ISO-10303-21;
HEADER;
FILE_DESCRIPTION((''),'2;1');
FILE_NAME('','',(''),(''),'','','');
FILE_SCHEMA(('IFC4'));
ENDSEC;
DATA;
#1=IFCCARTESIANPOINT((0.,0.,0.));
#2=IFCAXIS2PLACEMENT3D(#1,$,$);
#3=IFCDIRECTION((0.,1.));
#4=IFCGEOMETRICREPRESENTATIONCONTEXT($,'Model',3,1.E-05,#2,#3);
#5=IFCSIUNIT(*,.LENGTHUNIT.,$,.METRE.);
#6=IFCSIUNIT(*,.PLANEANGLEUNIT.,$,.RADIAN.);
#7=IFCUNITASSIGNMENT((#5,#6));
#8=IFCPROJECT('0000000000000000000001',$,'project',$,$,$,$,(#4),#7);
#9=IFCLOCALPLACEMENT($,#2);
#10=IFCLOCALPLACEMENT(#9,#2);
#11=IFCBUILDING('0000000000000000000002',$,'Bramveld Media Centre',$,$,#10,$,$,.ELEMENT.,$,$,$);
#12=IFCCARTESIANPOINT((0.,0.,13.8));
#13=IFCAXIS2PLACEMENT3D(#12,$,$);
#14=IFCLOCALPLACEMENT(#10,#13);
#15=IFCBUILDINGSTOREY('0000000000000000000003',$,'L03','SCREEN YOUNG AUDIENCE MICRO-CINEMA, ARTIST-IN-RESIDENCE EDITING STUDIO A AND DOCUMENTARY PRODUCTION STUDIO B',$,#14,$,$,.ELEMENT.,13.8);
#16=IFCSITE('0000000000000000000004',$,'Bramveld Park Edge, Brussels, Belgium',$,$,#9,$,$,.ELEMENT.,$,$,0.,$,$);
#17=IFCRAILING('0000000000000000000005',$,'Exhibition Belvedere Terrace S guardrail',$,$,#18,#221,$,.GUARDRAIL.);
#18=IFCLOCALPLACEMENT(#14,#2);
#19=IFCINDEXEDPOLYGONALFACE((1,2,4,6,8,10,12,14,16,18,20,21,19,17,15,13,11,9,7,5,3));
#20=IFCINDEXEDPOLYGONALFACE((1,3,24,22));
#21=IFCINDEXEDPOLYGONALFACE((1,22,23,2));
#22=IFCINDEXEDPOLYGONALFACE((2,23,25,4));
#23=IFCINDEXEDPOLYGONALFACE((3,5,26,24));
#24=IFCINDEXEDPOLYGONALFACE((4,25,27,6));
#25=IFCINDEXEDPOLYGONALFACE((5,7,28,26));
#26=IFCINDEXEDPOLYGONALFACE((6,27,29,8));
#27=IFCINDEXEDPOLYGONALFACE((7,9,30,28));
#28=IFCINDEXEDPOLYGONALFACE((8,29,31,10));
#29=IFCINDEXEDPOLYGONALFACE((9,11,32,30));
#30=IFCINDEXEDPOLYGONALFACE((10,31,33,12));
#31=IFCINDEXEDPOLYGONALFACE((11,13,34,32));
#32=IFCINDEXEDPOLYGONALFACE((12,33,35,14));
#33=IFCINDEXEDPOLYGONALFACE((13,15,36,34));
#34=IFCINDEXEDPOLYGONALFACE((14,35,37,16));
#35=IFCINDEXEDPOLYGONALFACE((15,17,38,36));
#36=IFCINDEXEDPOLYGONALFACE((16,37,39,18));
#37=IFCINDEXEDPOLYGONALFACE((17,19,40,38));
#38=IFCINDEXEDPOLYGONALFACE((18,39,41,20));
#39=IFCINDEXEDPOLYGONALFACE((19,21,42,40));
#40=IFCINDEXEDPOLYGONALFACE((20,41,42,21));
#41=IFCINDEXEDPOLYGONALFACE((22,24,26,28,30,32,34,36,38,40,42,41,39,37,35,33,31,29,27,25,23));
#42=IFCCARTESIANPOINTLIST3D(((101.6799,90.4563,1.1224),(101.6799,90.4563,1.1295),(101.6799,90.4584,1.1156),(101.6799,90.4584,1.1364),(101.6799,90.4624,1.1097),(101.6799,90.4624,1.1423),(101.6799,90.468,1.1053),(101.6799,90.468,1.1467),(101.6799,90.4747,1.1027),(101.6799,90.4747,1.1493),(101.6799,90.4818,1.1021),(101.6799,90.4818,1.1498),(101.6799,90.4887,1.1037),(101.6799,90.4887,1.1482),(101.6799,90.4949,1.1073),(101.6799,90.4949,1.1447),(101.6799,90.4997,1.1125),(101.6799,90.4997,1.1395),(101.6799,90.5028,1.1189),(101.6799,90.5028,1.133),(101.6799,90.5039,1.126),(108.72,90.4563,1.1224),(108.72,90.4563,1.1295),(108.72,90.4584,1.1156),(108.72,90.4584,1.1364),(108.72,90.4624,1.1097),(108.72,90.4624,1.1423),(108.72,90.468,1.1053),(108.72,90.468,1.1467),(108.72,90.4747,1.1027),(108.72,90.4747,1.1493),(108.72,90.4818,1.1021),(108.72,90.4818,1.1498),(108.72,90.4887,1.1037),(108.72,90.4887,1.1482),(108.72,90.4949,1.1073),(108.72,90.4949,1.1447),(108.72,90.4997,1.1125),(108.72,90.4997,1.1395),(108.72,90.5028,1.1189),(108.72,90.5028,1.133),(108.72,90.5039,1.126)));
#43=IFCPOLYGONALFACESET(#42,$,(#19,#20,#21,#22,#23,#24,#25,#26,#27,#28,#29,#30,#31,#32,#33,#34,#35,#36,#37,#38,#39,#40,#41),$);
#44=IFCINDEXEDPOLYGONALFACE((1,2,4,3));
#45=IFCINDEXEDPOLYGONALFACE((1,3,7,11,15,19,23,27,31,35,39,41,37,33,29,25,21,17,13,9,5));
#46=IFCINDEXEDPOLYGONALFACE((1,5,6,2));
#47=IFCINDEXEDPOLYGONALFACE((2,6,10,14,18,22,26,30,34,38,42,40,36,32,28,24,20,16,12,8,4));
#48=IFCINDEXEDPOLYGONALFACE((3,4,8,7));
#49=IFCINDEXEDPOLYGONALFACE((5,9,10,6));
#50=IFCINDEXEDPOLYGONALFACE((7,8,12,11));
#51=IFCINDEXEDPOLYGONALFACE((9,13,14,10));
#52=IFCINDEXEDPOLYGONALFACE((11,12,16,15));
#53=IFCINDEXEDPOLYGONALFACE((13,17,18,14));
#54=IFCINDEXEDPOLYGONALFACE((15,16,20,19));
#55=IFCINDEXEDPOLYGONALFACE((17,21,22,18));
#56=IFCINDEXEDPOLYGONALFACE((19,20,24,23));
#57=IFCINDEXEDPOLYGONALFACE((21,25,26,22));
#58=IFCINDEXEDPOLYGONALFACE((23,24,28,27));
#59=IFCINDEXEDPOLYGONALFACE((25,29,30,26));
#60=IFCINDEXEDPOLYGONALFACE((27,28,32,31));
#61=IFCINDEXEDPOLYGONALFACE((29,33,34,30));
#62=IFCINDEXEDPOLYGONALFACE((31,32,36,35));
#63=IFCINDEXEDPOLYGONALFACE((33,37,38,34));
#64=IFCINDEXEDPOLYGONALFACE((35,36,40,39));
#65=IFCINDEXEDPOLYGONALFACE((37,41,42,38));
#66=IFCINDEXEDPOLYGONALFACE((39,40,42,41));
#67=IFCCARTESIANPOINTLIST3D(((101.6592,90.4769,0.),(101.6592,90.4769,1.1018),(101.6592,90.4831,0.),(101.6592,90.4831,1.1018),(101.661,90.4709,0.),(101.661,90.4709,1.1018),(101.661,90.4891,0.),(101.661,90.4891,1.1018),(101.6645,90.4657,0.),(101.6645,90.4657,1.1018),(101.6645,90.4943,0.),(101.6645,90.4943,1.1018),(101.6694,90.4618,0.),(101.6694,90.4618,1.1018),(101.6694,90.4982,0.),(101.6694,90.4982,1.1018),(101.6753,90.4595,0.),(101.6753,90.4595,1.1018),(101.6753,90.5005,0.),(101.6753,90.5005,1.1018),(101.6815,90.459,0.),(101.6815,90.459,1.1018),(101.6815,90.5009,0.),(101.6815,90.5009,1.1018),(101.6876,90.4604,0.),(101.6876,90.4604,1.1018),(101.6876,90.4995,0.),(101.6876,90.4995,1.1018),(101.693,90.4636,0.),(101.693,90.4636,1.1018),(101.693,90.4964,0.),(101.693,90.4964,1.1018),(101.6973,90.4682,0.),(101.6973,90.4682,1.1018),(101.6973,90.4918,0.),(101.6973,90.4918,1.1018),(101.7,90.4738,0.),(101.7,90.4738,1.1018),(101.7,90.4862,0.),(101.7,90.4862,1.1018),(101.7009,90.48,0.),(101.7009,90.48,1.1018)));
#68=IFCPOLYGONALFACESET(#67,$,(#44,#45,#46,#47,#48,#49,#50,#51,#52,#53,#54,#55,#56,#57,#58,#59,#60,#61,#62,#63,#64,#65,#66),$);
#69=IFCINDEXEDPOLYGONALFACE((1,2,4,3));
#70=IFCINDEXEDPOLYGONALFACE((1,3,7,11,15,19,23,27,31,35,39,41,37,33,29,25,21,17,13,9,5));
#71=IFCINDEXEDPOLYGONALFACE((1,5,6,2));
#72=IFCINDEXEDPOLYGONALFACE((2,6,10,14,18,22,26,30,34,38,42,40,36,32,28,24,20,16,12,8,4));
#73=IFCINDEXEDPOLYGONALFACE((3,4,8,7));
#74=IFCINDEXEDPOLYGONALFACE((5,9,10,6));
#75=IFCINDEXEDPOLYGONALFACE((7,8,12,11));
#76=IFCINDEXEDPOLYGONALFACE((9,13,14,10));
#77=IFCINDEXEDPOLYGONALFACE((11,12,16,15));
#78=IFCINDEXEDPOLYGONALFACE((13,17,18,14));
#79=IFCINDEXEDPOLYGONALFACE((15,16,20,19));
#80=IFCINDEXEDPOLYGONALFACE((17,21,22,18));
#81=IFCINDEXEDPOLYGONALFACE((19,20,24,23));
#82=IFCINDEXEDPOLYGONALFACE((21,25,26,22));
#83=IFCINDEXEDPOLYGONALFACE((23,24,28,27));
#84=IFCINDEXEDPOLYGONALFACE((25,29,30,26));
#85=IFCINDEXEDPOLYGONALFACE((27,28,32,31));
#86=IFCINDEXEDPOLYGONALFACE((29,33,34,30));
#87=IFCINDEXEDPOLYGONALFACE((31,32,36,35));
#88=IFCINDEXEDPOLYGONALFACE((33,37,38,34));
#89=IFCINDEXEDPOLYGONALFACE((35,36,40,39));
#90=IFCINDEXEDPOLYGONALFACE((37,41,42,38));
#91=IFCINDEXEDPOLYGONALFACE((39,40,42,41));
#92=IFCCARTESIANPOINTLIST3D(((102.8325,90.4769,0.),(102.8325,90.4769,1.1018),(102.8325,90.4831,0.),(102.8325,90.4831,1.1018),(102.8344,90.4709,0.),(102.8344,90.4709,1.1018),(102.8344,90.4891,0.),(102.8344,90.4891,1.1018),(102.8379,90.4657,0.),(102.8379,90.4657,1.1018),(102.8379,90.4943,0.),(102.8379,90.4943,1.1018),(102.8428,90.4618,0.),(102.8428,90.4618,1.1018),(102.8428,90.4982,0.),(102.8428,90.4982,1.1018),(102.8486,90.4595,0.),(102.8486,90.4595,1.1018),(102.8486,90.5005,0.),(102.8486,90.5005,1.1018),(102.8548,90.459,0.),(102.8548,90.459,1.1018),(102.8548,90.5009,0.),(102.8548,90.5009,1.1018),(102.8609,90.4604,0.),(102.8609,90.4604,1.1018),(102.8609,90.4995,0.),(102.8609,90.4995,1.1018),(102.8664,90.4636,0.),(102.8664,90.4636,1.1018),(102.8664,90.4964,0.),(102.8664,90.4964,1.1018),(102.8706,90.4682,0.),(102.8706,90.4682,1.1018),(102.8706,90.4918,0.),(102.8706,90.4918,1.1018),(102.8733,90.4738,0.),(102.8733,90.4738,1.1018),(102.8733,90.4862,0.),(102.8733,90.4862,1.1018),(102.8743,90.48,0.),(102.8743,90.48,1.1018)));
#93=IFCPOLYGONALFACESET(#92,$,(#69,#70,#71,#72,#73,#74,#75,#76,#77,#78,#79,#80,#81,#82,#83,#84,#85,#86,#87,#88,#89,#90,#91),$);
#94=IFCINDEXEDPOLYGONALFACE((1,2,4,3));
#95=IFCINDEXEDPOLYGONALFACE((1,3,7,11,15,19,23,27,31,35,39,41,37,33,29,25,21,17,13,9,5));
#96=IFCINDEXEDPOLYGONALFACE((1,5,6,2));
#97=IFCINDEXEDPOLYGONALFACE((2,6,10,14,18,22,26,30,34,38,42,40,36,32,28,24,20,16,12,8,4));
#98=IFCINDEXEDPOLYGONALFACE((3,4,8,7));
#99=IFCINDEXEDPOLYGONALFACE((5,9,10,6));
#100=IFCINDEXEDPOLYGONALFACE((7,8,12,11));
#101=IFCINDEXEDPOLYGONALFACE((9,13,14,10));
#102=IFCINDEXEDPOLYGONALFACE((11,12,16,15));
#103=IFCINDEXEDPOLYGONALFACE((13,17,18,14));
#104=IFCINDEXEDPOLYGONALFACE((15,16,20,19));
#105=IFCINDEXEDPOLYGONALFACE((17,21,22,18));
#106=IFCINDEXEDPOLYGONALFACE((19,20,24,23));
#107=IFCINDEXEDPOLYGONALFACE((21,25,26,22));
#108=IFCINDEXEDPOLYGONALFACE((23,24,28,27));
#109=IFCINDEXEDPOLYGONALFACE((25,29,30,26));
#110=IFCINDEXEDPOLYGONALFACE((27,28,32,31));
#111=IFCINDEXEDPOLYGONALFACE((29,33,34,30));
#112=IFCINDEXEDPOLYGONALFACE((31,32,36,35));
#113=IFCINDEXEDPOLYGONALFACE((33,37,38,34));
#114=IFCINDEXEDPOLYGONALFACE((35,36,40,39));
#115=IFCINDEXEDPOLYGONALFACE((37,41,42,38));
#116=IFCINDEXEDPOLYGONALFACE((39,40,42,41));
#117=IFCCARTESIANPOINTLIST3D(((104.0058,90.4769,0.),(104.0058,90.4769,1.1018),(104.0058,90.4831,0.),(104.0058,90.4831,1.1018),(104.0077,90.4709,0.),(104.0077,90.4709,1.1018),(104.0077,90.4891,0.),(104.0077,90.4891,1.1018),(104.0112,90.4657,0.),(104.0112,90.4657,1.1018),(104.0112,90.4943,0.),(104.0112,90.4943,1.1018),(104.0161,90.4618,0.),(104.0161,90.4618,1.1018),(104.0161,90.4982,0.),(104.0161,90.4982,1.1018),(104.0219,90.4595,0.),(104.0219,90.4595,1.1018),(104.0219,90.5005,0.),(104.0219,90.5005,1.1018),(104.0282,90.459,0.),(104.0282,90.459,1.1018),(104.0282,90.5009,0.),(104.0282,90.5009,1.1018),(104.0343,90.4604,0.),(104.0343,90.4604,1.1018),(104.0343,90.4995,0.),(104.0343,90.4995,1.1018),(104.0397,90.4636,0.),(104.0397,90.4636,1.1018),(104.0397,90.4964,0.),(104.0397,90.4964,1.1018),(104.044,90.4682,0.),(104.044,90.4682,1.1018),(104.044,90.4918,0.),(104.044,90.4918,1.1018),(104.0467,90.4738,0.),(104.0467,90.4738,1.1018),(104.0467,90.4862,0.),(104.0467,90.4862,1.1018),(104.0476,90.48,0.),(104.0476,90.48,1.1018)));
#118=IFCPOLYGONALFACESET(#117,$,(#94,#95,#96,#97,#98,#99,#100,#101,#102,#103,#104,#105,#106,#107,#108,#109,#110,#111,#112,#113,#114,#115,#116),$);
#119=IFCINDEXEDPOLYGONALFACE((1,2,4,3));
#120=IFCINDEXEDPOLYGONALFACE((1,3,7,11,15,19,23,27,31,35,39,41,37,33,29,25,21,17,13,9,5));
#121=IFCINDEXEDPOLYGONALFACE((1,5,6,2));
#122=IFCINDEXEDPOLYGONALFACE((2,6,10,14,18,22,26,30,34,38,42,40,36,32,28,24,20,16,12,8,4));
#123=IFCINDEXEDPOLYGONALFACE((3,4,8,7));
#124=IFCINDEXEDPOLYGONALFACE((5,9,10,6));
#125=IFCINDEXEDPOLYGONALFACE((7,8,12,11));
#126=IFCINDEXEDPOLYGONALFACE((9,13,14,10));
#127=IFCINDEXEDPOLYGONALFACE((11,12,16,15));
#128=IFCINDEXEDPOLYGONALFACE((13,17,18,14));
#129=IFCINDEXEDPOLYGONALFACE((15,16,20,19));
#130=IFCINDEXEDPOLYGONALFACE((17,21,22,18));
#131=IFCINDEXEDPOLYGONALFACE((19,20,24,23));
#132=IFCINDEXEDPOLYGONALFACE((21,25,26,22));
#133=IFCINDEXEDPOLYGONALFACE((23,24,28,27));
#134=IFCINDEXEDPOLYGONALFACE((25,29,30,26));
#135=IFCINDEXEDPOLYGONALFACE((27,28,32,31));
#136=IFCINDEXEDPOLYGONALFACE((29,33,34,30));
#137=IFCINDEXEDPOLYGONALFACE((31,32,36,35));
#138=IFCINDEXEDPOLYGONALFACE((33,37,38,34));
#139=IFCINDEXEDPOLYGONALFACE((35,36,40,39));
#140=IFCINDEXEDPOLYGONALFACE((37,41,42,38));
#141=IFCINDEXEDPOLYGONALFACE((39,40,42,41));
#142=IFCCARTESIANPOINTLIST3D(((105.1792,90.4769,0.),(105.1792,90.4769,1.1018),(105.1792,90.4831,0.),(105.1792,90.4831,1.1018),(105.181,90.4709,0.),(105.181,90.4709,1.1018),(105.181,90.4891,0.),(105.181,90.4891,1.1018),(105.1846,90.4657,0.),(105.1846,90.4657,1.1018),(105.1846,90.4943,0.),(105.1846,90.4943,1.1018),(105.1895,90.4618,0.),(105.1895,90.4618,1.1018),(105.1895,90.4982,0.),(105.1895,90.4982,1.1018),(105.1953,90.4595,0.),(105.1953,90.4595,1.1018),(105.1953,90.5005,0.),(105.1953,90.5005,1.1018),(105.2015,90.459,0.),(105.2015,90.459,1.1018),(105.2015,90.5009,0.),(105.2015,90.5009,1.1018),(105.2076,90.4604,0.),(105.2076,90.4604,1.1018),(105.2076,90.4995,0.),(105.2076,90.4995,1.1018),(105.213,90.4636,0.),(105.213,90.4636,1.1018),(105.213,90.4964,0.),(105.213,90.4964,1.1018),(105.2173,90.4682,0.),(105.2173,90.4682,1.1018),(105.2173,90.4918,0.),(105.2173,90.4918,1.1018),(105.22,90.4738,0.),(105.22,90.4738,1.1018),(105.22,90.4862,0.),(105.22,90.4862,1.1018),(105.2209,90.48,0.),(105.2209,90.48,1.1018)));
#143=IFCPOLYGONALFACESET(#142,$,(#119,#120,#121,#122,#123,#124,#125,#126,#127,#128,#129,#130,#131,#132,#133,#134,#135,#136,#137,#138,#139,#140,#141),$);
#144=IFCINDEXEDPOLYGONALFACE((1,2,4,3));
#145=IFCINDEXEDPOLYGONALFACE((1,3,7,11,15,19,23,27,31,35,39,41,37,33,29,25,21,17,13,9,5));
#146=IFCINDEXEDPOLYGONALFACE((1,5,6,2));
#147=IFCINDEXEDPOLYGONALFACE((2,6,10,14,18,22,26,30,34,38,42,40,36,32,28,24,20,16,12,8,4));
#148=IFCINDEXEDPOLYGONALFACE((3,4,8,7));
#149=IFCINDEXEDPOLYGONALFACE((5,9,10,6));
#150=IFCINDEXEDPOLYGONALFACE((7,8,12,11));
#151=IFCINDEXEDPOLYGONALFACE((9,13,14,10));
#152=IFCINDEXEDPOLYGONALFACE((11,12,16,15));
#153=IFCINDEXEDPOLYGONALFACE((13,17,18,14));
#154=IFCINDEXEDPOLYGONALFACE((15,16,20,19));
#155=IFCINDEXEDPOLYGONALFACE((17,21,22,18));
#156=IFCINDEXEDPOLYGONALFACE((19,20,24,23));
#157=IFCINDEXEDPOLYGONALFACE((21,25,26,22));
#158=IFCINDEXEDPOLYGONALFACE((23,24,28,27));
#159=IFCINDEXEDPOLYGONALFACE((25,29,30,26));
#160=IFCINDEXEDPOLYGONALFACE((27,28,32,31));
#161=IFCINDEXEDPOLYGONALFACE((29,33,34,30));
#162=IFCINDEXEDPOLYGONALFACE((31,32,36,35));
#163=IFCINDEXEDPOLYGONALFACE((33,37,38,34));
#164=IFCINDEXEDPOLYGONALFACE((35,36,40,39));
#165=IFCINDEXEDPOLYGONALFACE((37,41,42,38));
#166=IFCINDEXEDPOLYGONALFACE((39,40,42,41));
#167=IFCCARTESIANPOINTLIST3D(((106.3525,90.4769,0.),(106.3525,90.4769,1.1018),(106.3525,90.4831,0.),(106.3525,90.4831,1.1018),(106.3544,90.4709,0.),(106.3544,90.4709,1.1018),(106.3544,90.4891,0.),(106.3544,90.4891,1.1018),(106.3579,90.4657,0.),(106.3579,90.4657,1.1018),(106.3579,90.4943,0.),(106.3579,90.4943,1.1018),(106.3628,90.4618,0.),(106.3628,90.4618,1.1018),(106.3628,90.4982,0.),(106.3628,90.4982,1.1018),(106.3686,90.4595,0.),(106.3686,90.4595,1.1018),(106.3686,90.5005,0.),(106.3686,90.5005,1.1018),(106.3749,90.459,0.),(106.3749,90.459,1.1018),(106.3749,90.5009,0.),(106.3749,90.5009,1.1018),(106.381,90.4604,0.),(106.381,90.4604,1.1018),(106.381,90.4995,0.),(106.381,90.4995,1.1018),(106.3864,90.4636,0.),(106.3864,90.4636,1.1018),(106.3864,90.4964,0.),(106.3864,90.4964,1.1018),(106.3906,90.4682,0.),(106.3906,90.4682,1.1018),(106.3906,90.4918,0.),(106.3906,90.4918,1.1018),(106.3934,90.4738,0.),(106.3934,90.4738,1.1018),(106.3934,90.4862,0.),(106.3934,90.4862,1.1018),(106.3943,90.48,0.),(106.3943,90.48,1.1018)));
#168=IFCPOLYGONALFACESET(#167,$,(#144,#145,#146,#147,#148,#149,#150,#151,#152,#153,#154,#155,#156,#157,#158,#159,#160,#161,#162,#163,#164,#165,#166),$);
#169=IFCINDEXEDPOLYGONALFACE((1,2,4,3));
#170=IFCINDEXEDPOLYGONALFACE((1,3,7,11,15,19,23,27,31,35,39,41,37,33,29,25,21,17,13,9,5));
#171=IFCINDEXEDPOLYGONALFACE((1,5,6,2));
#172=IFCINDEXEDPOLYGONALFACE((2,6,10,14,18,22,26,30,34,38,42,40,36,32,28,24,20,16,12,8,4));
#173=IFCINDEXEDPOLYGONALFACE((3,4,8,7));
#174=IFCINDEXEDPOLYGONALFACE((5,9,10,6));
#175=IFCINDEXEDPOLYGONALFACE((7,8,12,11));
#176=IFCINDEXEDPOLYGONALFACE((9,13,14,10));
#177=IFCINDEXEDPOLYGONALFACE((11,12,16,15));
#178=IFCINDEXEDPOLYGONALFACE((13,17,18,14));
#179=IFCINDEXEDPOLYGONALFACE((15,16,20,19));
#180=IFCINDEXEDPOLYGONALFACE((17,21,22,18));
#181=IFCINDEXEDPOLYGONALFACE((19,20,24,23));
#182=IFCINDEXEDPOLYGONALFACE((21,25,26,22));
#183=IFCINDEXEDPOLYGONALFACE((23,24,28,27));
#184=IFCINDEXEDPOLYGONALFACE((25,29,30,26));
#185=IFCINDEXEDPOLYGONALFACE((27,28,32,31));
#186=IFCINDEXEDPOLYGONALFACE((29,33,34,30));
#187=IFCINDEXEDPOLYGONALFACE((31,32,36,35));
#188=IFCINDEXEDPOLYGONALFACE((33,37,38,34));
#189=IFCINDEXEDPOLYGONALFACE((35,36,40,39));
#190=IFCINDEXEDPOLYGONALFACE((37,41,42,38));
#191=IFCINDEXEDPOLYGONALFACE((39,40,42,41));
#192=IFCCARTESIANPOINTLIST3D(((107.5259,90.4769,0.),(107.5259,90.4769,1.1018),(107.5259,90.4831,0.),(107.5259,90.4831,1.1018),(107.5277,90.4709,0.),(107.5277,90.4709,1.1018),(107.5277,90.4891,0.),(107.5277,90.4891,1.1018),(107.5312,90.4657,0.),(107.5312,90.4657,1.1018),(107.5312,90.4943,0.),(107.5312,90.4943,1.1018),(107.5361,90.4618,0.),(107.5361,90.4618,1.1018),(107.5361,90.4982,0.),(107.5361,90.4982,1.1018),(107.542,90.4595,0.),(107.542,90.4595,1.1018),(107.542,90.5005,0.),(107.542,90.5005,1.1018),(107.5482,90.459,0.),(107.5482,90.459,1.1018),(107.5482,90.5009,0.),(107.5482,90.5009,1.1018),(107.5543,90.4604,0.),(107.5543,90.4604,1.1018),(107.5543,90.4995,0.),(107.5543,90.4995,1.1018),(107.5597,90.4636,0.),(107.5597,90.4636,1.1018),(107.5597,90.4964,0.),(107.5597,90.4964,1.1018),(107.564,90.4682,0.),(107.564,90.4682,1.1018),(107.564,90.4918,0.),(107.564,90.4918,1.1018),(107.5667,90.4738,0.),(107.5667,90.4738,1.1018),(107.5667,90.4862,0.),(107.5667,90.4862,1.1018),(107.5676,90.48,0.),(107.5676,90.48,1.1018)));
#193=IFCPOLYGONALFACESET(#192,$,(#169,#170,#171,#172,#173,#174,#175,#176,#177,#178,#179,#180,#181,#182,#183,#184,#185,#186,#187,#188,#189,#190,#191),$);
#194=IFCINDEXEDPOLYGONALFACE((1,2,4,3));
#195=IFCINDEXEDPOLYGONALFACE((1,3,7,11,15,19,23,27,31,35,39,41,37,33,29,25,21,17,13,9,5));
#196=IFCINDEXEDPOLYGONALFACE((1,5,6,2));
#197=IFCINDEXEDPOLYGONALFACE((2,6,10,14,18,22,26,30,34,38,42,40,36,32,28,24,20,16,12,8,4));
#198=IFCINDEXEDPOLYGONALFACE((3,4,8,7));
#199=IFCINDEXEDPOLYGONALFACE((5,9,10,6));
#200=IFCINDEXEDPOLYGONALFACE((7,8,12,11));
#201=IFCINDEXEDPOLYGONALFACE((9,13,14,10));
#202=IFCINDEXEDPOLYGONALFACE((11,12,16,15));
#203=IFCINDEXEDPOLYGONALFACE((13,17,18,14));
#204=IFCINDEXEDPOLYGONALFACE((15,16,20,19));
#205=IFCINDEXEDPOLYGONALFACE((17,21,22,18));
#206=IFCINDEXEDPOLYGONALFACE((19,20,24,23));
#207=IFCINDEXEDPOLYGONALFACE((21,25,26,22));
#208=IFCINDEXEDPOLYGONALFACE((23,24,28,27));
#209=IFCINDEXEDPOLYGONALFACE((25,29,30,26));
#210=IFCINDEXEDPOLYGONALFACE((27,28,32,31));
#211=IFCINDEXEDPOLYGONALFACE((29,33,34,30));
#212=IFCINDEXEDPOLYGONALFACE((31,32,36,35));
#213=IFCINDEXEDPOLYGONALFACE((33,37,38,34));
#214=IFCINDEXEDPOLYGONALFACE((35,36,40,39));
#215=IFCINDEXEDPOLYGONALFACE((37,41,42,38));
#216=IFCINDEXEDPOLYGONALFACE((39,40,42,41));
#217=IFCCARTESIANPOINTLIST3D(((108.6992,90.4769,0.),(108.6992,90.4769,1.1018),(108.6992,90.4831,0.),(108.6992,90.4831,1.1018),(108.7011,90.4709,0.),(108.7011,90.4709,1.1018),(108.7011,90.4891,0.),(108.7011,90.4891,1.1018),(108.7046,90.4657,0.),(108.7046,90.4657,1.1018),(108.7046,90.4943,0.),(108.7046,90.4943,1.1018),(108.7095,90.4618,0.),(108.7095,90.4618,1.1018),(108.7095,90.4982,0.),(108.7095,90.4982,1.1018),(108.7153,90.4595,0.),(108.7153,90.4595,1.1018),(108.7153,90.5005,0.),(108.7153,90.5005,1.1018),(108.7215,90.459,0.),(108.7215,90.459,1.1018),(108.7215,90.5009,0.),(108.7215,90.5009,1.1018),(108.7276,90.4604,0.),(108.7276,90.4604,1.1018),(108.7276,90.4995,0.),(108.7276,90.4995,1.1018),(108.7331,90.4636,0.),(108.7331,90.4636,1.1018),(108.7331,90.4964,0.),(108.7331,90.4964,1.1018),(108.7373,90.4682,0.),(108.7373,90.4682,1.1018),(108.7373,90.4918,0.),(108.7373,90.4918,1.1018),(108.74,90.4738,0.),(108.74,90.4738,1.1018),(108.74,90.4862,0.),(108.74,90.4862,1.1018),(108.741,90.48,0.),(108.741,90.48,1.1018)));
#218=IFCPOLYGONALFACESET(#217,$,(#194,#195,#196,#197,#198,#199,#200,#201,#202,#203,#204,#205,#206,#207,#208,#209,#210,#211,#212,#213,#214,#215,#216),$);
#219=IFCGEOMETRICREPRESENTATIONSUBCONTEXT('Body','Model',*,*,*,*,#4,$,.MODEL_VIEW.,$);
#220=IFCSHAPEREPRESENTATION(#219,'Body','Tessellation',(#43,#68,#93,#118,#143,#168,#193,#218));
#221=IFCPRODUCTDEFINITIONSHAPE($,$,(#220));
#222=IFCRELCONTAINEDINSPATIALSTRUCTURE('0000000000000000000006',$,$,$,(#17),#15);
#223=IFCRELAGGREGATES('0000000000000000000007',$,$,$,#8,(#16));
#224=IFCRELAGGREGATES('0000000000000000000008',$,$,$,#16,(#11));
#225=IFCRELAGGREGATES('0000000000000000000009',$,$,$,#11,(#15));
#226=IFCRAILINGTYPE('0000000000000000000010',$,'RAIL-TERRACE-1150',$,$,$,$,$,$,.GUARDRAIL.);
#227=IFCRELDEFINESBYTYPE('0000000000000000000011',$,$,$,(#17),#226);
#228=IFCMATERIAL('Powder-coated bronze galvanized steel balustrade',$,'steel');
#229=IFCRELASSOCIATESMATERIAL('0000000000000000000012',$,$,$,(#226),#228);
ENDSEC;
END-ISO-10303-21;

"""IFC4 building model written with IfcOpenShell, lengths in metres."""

from ifc_helpers import new_model, si_unit, direction, frame, origin, origin_2d, place, context, subcontext, project, spatial, circle, extrude, material, type_object, element, save


model = new_model("IFC4")

# Units and contexts
model_context = context("Model", 3, precision=1e-05, world=origin(), true_north=direction((0.0, 1.0)))
body_context = subcontext(model_context, "Body", "Model", "MODEL_VIEW")
ifc_project = project(units=[si_unit("LENGTHUNIT", "METRE"), si_unit("PLANEANGLEUNIT", "RADIAN")], contexts=[model_context])

# Site, building, storey
site_placement = place(None, origin())
site = spatial("IfcSite", under=ifc_project, at=site_placement, Name="Bramveld Park Edge, Brussels, Belgium", CompositionType="ELEMENT", RefElevation=0.0)
building_placement = place(site_placement, origin())
building = spatial("IfcBuilding", under=site, at=building_placement, Name="Bramveld Media Centre", CompositionType="ELEMENT")
storey_placement = place(building_placement, frame((0.0, 0.0, 13.8)))
storey = spatial("IfcBuildingStorey", under=building, at=storey_placement, Name="L03", Description="SCREEN YOUNG AUDIENCE MICRO-CINEMA, ARTIST-IN-RESIDENCE EDITING STUDIO A AND DOCUMENTARY PRODUCTION STUDIO B", CompositionType="ELEMENT", Elevation=13.8)

# Railing
ifc_material_1 = material(Name="Powder-coated bronze galvanized steel balustrade", Category="steel")
railing_type = type_object("IfcRailingType", Name="RAIL-TERRACE-1150", PredefinedType="GUARDRAIL", material=ifc_material_1)
railing_1_placement = place(storey_placement, frame((101.6799, 90.48, 0.0)))
element("IfcRailing", 1, at=railing_1_placement, inside=storey, type_object=railing_type, Name="Exhibition Belvedere Terrace S guardrail", PredefinedType="GUARDRAIL", context=body_context, shape_type="SweptSolid", body=[
    extrude(circle(Radius=0.0239, at=origin_2d()), frame((0.0, 0.0, 1.126), z_axis=(1.0, 0.0, 0.0), x_axis=(0.0, 1.0, 0.0)), (0.0, 0.0, 1.0), 7.04),
    extrude(circle(Radius=0.021, at=origin_2d()), origin(), (0.0, 0.0, 1.0), 1.1018),
    extrude(circle(Radius=0.021, at=origin_2d()), frame((1.1733, 0.0, 0.0)), (0.0, 0.0, 1.0), 1.1018),
    extrude(circle(Radius=0.021, at=origin_2d()), frame((2.3467, 0.0, 0.0)), (0.0, 0.0, 1.0), 1.1018),
    extrude(circle(Radius=0.021, at=origin_2d()), frame((3.52, 0.0, 0.0)), (0.0, 0.0, 1.0), 1.1018),
    extrude(circle(Radius=0.021, at=origin_2d()), frame((4.6934, 0.0, 0.0)), (0.0, 0.0, 1.0), 1.1018),
    extrude(circle(Radius=0.021, at=origin_2d()), frame((5.8667, 0.0, 0.0)), (0.0, 0.0, 1.0), 1.1018),
    extrude(circle(Radius=0.021, at=origin_2d()), frame((7.04, 0.0, 0.0)), (0.0, 0.0, 1.0), 1.1018),
])

save(model, "model.ifc")
